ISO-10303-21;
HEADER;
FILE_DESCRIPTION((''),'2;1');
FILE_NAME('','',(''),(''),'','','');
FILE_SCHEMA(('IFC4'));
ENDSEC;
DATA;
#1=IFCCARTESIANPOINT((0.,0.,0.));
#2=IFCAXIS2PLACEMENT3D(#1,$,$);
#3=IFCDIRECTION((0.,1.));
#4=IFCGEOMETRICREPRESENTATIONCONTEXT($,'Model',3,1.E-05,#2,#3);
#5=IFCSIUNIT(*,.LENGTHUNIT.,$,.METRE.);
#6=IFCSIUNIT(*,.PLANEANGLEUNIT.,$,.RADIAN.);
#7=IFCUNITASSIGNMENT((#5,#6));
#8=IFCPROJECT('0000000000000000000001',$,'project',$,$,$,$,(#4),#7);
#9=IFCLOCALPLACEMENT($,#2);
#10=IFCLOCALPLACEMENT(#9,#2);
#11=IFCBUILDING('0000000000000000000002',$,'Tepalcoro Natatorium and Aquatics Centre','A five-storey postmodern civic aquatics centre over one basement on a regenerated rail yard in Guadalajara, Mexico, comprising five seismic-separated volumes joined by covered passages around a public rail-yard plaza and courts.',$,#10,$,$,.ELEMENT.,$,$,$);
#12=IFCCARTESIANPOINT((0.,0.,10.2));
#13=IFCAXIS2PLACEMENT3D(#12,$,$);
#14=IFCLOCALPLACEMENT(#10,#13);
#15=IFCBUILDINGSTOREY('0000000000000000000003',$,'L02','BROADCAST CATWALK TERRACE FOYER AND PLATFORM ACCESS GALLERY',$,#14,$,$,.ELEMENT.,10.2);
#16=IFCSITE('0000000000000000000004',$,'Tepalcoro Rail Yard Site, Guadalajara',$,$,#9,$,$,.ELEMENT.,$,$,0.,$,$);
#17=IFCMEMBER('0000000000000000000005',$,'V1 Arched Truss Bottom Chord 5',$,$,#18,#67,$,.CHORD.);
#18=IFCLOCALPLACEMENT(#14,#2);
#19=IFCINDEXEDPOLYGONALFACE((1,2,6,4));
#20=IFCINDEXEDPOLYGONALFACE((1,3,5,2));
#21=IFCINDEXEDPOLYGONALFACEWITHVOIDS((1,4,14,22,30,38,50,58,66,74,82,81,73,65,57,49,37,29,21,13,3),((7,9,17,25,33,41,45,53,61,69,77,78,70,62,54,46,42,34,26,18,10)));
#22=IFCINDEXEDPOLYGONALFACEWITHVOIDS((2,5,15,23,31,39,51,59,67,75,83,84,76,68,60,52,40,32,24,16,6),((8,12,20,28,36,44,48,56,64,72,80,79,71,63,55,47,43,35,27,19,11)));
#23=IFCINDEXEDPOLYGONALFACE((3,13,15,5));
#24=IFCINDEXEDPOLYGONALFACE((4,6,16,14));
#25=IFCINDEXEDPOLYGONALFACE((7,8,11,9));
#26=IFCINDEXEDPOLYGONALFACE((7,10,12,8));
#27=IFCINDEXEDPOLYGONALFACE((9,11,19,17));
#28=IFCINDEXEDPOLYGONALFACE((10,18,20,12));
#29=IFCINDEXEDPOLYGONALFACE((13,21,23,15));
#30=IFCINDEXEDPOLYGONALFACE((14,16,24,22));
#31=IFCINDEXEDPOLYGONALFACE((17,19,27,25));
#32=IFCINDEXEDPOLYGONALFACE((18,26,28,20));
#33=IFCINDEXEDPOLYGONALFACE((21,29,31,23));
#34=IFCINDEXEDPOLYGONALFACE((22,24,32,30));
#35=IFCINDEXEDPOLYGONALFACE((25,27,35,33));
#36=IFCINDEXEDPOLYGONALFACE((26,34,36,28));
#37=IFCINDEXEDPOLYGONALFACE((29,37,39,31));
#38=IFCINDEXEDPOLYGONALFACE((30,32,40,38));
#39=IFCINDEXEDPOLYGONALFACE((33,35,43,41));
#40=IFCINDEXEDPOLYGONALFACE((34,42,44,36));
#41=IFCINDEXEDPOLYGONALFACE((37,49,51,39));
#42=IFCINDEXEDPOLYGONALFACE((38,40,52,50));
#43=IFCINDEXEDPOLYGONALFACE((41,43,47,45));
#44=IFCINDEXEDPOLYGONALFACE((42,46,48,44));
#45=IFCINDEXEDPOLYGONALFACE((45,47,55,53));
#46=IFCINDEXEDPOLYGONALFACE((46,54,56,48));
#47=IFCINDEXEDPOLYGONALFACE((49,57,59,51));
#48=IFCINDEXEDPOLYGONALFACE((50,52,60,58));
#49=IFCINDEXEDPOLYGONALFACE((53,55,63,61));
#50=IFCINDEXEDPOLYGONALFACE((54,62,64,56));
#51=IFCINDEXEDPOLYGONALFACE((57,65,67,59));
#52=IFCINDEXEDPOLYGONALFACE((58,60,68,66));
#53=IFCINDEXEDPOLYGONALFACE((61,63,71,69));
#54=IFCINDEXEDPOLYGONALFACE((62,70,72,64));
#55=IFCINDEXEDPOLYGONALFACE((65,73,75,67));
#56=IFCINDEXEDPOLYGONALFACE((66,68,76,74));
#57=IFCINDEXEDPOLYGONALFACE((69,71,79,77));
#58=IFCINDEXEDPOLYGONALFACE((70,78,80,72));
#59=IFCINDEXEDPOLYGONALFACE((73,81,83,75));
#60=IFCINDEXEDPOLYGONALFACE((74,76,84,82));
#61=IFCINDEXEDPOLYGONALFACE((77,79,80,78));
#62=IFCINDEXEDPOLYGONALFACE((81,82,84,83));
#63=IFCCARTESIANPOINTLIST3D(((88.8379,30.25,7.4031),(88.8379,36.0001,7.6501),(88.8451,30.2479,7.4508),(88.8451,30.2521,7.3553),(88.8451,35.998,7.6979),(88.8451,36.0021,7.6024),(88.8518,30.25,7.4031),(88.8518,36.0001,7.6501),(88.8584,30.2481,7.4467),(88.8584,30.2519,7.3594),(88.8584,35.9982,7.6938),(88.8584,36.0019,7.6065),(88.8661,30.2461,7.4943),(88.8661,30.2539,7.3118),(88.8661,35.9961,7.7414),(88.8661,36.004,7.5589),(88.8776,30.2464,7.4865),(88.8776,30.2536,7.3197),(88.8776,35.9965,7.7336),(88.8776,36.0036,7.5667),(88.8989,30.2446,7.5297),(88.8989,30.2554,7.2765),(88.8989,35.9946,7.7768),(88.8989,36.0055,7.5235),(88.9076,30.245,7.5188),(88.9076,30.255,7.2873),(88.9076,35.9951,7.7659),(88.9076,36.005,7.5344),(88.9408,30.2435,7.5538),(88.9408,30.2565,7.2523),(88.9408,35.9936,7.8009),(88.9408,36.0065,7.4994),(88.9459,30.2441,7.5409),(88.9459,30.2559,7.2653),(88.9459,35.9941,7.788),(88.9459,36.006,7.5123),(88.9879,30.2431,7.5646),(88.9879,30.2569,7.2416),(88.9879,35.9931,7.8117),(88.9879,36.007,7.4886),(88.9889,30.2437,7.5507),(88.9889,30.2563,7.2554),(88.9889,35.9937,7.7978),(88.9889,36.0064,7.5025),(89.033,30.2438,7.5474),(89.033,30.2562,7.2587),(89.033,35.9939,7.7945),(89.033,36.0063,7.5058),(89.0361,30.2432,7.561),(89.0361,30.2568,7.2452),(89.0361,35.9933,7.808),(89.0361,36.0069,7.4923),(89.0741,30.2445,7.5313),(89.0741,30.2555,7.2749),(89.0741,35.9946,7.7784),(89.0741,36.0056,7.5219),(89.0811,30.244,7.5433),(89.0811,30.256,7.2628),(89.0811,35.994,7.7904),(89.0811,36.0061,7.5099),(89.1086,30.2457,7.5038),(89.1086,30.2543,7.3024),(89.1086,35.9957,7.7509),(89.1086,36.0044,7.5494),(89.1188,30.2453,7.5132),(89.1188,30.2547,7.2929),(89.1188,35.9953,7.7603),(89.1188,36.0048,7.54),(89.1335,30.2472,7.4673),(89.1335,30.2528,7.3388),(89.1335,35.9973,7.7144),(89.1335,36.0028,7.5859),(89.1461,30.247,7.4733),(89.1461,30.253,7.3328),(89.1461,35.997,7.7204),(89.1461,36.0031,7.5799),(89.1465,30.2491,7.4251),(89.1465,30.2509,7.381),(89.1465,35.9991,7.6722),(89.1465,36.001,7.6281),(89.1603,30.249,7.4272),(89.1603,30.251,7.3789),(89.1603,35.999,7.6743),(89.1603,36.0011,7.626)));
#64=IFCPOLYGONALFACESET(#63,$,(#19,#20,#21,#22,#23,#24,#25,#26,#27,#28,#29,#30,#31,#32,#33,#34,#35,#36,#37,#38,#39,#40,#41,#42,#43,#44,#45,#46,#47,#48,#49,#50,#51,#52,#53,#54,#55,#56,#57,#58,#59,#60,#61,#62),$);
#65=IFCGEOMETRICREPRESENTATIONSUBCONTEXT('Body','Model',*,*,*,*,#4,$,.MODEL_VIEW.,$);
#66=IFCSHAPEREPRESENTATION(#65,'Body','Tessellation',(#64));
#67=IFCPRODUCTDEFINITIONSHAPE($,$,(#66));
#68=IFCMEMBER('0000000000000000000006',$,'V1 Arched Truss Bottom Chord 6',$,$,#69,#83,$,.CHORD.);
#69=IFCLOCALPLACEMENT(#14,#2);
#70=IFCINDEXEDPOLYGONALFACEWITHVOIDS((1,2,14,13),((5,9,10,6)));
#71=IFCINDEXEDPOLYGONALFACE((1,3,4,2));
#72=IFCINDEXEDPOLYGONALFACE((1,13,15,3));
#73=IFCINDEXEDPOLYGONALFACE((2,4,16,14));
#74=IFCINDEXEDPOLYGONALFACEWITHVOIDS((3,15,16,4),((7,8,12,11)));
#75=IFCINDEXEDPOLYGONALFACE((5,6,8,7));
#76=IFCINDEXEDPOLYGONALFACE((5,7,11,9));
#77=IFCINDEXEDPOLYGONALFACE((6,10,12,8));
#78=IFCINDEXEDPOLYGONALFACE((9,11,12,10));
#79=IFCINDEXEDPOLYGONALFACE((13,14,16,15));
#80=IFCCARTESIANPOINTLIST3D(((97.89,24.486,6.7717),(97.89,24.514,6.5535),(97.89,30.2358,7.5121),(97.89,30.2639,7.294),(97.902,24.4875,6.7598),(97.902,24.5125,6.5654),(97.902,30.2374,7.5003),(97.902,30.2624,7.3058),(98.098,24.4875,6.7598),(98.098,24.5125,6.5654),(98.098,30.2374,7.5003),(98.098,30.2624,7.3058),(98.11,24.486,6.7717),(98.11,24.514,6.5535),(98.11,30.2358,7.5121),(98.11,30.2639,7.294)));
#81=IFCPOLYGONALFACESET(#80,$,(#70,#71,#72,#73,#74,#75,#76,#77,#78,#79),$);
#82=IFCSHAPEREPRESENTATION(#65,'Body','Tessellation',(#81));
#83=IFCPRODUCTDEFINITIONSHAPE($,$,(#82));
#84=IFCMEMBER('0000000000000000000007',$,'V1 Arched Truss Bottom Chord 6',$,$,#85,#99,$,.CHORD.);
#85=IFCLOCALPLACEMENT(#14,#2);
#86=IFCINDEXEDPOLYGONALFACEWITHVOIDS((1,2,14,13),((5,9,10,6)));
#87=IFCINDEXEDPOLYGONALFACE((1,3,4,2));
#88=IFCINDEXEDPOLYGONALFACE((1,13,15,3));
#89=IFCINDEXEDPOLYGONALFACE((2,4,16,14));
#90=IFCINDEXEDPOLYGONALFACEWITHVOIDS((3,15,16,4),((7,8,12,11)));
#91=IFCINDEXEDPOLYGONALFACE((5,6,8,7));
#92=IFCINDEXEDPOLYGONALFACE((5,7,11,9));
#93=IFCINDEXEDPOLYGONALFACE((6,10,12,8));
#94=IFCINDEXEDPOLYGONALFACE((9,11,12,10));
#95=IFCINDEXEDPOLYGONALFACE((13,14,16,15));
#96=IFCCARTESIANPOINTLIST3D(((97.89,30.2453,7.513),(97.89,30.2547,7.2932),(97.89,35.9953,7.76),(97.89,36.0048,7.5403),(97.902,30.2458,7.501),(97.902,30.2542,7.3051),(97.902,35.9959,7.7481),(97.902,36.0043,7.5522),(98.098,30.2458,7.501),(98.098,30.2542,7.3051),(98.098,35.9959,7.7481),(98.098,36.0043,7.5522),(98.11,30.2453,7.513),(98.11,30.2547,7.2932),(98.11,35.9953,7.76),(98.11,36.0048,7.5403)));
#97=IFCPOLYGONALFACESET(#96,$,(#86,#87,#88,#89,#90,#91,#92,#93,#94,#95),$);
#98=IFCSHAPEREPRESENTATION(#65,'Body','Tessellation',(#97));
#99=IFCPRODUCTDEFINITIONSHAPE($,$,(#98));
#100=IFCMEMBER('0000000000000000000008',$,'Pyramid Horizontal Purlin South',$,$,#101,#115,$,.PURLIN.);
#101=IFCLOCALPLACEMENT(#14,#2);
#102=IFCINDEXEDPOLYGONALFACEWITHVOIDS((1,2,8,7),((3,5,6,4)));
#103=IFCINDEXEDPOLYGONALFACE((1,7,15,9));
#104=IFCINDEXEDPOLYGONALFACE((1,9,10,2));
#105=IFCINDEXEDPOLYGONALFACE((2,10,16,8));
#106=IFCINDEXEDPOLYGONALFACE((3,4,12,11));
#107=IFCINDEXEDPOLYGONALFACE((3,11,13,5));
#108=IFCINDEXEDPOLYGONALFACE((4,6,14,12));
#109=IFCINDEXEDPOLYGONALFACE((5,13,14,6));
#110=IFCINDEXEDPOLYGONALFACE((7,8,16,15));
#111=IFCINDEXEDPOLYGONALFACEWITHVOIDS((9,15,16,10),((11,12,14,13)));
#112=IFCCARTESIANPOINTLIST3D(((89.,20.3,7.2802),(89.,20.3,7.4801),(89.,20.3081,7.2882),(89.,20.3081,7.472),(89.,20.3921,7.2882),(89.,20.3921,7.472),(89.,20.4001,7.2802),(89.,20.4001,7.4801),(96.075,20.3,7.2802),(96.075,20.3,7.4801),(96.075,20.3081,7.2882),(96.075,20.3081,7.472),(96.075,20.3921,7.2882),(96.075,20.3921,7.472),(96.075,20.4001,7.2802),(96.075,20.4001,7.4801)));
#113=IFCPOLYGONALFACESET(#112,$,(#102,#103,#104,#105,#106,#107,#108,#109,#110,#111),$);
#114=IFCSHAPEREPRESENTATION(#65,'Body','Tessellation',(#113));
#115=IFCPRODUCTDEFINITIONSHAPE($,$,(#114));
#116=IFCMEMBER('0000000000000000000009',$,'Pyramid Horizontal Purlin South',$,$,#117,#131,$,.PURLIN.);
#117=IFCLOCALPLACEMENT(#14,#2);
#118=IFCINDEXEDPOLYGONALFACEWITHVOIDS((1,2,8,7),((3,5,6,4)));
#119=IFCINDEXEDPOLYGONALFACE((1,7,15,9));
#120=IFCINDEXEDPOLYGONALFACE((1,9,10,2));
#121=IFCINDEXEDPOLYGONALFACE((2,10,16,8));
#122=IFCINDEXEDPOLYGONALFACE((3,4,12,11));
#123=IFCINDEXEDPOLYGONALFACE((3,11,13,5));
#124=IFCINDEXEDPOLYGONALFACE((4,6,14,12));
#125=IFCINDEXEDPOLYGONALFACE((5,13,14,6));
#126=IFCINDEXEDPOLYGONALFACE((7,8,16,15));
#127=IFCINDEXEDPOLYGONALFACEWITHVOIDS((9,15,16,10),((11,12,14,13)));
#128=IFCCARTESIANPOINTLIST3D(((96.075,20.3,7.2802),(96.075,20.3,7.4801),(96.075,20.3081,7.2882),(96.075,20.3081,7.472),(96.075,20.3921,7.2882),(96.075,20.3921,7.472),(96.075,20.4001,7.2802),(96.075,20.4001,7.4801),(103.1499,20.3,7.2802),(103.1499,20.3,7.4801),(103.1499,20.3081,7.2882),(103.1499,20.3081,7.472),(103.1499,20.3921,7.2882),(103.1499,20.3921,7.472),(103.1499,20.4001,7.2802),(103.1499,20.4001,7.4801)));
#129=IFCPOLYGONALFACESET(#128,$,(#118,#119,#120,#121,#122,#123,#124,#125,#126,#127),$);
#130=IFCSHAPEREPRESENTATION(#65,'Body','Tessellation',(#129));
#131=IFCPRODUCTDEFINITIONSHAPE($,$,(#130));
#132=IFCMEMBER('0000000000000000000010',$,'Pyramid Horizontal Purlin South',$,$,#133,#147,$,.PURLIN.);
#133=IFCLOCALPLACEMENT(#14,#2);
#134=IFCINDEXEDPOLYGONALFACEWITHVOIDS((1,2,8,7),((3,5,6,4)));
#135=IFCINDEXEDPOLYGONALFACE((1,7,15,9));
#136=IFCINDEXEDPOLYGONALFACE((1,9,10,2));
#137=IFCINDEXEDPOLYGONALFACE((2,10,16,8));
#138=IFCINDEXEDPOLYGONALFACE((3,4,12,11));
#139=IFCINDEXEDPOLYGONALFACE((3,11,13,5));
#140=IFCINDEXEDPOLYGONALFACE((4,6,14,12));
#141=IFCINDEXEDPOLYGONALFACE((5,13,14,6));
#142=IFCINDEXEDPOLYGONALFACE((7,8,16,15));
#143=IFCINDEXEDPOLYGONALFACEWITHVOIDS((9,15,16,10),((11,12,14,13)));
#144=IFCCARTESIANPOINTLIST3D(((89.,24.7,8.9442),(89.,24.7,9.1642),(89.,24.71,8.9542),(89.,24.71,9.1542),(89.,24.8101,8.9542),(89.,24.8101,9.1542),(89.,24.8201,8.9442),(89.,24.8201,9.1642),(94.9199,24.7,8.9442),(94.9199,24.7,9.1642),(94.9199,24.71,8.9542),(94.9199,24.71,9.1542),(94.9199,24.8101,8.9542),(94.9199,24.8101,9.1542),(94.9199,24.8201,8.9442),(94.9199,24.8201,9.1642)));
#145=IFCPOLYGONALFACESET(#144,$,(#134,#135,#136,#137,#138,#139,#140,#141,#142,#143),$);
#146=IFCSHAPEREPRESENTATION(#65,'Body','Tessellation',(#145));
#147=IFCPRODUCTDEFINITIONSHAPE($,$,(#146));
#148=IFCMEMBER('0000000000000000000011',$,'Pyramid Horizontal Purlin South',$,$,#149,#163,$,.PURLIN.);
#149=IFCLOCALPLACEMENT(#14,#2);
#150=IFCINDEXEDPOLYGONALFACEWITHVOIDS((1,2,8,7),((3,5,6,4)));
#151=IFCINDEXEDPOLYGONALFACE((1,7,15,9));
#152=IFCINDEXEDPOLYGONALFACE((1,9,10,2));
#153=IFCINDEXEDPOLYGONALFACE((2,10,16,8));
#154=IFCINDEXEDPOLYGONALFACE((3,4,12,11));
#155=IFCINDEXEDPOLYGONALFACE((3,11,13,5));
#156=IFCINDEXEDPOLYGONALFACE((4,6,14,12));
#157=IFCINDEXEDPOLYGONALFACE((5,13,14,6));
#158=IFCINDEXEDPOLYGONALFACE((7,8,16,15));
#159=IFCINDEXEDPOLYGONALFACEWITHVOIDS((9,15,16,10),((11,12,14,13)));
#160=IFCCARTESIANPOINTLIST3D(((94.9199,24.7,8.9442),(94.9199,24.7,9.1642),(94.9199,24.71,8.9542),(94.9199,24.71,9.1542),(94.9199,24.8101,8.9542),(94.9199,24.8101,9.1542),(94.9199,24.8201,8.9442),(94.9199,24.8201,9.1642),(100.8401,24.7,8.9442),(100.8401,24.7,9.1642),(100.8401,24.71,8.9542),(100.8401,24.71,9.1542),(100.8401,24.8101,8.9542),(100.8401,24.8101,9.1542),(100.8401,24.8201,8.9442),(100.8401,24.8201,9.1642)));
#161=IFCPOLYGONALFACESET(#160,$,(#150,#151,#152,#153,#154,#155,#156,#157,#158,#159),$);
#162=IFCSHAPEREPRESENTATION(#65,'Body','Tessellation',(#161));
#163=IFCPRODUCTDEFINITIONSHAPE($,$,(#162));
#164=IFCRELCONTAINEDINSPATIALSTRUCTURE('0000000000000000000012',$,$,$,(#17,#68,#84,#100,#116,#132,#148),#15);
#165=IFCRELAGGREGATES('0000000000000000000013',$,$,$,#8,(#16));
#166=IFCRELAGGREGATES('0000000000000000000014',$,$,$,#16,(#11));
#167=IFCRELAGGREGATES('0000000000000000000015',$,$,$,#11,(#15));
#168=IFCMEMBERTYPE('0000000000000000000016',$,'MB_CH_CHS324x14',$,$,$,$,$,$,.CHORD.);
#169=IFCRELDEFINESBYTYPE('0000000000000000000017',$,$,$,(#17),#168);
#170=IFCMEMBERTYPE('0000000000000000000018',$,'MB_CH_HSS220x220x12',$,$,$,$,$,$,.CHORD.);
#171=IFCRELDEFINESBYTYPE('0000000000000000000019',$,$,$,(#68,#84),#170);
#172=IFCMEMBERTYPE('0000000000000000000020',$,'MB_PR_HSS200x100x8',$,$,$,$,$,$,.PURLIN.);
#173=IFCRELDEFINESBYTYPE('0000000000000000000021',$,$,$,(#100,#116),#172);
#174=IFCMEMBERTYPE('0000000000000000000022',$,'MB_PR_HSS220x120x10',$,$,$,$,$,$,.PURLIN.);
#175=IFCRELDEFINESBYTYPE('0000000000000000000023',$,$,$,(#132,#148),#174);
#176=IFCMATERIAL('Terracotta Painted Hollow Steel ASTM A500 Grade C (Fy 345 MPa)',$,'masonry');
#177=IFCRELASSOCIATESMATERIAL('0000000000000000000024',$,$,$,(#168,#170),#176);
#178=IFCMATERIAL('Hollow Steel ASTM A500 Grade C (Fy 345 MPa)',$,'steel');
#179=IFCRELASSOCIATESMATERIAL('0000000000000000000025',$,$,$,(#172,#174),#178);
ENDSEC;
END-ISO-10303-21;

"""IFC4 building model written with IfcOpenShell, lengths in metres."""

from ifc_helpers import new_model, si_unit, direction, frame, origin, origin_2d, place, context, subcontext, project, spatial, hollow_rectangle, hollow_circle, extrude, material, material_profile, profile_set, type_object, element, save


model = new_model("IFC4")

# Units and contexts
model_context = context("Model", 3, precision=1e-05, world=origin(), true_north=direction((0.0, 1.0)))
body_context = subcontext(model_context, "Body", "Model", "MODEL_VIEW")
ifc_project = project(units=[si_unit("LENGTHUNIT", "METRE"), si_unit("PLANEANGLEUNIT", "RADIAN")], contexts=[model_context])

# Site, building, storey
site_placement = place(None, origin())
site = spatial("IfcSite", under=ifc_project, at=site_placement, Name="Tepalcoro Rail Yard Site, Guadalajara", CompositionType="ELEMENT", RefElevation=0.0)
building_placement = place(site_placement, origin())
building = spatial("IfcBuilding", under=site, at=building_placement, Name="Tepalcoro Natatorium and Aquatics Centre", Description="A five-storey postmodern civic aquatics centre over one basement on a regenerated rail yard in Guadalajara, Mexico, comprising five seismic-separated volumes joined by covered passages around a public rail-yard plaza and courts.", CompositionType="ELEMENT")
storey_placement = place(building_placement, frame((0.0, 0.0, 10.2)))
storey = spatial("IfcBuildingStorey", under=building, at=storey_placement, Name="L02", Description="BROADCAST CATWALK TERRACE FOYER AND PLATFORM ACCESS GALLERY", CompositionType="ELEMENT", Elevation=10.2)

# Shared definitions
ifc_material_1 = material(Name="Terracotta Painted Hollow Steel ASTM A500 Grade C (Fy 345 MPa)", Category="masonry")

# Members
ifc_material_2 = material(Name="Hollow Steel ASTM A500 Grade C (Fy 345 MPa)", Category="steel")
ifc_material_profile_1 = material_profile(ifc_material_1, hollow_circle(Radius=0.1621, WallThickness=0.0139, at=origin_2d()), Name="CHS324X14")
ifc_profile_set_1 = profile_set([ifc_material_profile_1], Name="Terracotta Painted Hollow Steel ASTM A500 Grade C (Fy 345 MPa)")
member_type_1 = type_object("IfcMemberType", Name="MB_CH_CHS324x14", PredefinedType="CHORD", material=ifc_profile_set_1)
member_1_placement = place(storey_placement, frame((89.0, 30.25, 7.4031), z_axis=(0.0, 0.999078, 0.042929), x_axis=(-1.0, 0.0, 0.0)))
element("IfcMember", 1, at=member_1_placement, inside=storey, type_object=member_type_1, Name="V1 Arched Truss Bottom Chord 5", PredefinedType="CHORD", context=body_context, shape_type="SweptSolid", body=[
    extrude(hollow_circle(Radius=0.1621, WallThickness=0.0139, at=origin_2d()), origin(), (0.0, 0.0, 1.0), 5.7554),
])
ifc_material_profile_2 = material_profile(ifc_material_1, hollow_rectangle(XDim=0.22, YDim=0.22, WallThickness=0.012, at=origin_2d()), Name="HSS220X220X12")
ifc_profile_set_2 = profile_set([ifc_material_profile_2], Name="Terracotta Painted Hollow Steel ASTM A500 Grade C (Fy 345 MPa)")
member_type_2 = type_object("IfcMemberType", Name="MB_CH_HSS220x220x12", PredefinedType="CHORD", material=ifc_profile_set_2)
member_2_placement = place(storey_placement, frame((98.0, 24.5, 6.6626), z_axis=(0.0, 0.99181, 0.127724), x_axis=(-1.0, 0.0, 0.0)))
element("IfcMember", 2, at=member_2_placement, inside=storey, type_object=member_type_2, Name="V1 Arched Truss Bottom Chord 6", PredefinedType="CHORD", context=body_context, shape_type="SweptSolid", body=[
    extrude(hollow_rectangle(XDim=0.22, YDim=0.22, WallThickness=0.012, at=origin_2d()), origin(), (0.0, 0.0, 1.0), 5.7974),
])
member_3_placement = place(storey_placement, frame((98.0, 30.25, 7.4031), z_axis=(0.0, 0.999078, 0.042929), x_axis=(-1.0, 0.0, 0.0)))
element("IfcMember", 3, at=member_3_placement, inside=storey, type_object=member_type_2, Name="V1 Arched Truss Bottom Chord 6", PredefinedType="CHORD", context=body_context, shape_type="SweptSolid", body=[
    extrude(hollow_rectangle(XDim=0.22, YDim=0.22, WallThickness=0.012, at=origin_2d()), origin(), (0.0, 0.0, 1.0), 5.7554),
])
ifc_material_profile_3 = material_profile(ifc_material_2, hollow_rectangle(XDim=0.1001, YDim=0.2, WallThickness=0.0081, at=origin_2d()), Name="HSS200X100X8")
ifc_profile_set_3 = profile_set([ifc_material_profile_3], Name="Hollow Steel ASTM A500 Grade C (Fy 345 MPa)")
member_type_3 = type_object("IfcMemberType", Name="MB_PR_HSS200x100x8", PredefinedType="PURLIN", material=ifc_profile_set_3)
for number, where, z_axis, x_axis, name in (
    (4, (89.0, 20.3501, 7.3801), (1.0, 0.0, 0.0), (0.0, 1.0, 0.0), "Pyramid Horizontal Purlin South"),
    (5, (96.075, 20.3501, 7.3801), (1.0, 0.0, 0.0), (0.0, 1.0, 0.0), "Pyramid Horizontal Purlin South"),
):
    element("IfcMember", number, at=place(storey_placement, frame(where, z_axis=z_axis, x_axis=x_axis)), inside=storey, type_object=member_type_3, Name=name, PredefinedType="PURLIN", context=body_context, shape_type="SweptSolid", body=[
        extrude(hollow_rectangle(XDim=0.1001, YDim=0.2, WallThickness=0.0081, at=origin_2d()), origin(), (0.0, 0.0, 1.0), 7.075),
    ])
ifc_material_profile_4 = material_profile(ifc_material_2, hollow_rectangle(XDim=0.1201, YDim=0.22, WallThickness=0.01, at=origin_2d()), Name="HSS220X120X10")
ifc_profile_set_4 = profile_set([ifc_material_profile_4], Name="Hollow Steel ASTM A500 Grade C (Fy 345 MPa)")
member_type_4 = type_object("IfcMemberType", Name="MB_PR_HSS220x120x10", PredefinedType="PURLIN", material=ifc_profile_set_4)
member_4_placement = place(storey_placement, frame((89.0, 24.76, 9.0542), z_axis=(1.0, 0.0, 0.0), x_axis=(0.0, 1.0, 0.0)))
element("IfcMember", 6, at=member_4_placement, inside=storey, type_object=member_type_4, Name="Pyramid Horizontal Purlin South", PredefinedType="PURLIN", context=body_context, shape_type="SweptSolid", body=[
    extrude(hollow_rectangle(XDim=0.1201, YDim=0.22, WallThickness=0.01, at=origin_2d()), origin(), (0.0, 0.0, 1.0), 5.9199),
])
member_5_placement = place(storey_placement, frame((94.9199, 24.76, 9.0542), z_axis=(1.0, 0.0, 0.0), x_axis=(0.0, 1.0, 0.0)))
element("IfcMember", 7, at=member_5_placement, inside=storey, type_object=member_type_4, Name="Pyramid Horizontal Purlin South", PredefinedType="PURLIN", context=body_context, shape_type="SweptSolid", body=[
    extrude(hollow_rectangle(XDim=0.1201, YDim=0.22, WallThickness=0.01, at=origin_2d()), origin(), (0.0, 0.0, 1.0), 5.9202),
])

save(model, "model.ifc")
